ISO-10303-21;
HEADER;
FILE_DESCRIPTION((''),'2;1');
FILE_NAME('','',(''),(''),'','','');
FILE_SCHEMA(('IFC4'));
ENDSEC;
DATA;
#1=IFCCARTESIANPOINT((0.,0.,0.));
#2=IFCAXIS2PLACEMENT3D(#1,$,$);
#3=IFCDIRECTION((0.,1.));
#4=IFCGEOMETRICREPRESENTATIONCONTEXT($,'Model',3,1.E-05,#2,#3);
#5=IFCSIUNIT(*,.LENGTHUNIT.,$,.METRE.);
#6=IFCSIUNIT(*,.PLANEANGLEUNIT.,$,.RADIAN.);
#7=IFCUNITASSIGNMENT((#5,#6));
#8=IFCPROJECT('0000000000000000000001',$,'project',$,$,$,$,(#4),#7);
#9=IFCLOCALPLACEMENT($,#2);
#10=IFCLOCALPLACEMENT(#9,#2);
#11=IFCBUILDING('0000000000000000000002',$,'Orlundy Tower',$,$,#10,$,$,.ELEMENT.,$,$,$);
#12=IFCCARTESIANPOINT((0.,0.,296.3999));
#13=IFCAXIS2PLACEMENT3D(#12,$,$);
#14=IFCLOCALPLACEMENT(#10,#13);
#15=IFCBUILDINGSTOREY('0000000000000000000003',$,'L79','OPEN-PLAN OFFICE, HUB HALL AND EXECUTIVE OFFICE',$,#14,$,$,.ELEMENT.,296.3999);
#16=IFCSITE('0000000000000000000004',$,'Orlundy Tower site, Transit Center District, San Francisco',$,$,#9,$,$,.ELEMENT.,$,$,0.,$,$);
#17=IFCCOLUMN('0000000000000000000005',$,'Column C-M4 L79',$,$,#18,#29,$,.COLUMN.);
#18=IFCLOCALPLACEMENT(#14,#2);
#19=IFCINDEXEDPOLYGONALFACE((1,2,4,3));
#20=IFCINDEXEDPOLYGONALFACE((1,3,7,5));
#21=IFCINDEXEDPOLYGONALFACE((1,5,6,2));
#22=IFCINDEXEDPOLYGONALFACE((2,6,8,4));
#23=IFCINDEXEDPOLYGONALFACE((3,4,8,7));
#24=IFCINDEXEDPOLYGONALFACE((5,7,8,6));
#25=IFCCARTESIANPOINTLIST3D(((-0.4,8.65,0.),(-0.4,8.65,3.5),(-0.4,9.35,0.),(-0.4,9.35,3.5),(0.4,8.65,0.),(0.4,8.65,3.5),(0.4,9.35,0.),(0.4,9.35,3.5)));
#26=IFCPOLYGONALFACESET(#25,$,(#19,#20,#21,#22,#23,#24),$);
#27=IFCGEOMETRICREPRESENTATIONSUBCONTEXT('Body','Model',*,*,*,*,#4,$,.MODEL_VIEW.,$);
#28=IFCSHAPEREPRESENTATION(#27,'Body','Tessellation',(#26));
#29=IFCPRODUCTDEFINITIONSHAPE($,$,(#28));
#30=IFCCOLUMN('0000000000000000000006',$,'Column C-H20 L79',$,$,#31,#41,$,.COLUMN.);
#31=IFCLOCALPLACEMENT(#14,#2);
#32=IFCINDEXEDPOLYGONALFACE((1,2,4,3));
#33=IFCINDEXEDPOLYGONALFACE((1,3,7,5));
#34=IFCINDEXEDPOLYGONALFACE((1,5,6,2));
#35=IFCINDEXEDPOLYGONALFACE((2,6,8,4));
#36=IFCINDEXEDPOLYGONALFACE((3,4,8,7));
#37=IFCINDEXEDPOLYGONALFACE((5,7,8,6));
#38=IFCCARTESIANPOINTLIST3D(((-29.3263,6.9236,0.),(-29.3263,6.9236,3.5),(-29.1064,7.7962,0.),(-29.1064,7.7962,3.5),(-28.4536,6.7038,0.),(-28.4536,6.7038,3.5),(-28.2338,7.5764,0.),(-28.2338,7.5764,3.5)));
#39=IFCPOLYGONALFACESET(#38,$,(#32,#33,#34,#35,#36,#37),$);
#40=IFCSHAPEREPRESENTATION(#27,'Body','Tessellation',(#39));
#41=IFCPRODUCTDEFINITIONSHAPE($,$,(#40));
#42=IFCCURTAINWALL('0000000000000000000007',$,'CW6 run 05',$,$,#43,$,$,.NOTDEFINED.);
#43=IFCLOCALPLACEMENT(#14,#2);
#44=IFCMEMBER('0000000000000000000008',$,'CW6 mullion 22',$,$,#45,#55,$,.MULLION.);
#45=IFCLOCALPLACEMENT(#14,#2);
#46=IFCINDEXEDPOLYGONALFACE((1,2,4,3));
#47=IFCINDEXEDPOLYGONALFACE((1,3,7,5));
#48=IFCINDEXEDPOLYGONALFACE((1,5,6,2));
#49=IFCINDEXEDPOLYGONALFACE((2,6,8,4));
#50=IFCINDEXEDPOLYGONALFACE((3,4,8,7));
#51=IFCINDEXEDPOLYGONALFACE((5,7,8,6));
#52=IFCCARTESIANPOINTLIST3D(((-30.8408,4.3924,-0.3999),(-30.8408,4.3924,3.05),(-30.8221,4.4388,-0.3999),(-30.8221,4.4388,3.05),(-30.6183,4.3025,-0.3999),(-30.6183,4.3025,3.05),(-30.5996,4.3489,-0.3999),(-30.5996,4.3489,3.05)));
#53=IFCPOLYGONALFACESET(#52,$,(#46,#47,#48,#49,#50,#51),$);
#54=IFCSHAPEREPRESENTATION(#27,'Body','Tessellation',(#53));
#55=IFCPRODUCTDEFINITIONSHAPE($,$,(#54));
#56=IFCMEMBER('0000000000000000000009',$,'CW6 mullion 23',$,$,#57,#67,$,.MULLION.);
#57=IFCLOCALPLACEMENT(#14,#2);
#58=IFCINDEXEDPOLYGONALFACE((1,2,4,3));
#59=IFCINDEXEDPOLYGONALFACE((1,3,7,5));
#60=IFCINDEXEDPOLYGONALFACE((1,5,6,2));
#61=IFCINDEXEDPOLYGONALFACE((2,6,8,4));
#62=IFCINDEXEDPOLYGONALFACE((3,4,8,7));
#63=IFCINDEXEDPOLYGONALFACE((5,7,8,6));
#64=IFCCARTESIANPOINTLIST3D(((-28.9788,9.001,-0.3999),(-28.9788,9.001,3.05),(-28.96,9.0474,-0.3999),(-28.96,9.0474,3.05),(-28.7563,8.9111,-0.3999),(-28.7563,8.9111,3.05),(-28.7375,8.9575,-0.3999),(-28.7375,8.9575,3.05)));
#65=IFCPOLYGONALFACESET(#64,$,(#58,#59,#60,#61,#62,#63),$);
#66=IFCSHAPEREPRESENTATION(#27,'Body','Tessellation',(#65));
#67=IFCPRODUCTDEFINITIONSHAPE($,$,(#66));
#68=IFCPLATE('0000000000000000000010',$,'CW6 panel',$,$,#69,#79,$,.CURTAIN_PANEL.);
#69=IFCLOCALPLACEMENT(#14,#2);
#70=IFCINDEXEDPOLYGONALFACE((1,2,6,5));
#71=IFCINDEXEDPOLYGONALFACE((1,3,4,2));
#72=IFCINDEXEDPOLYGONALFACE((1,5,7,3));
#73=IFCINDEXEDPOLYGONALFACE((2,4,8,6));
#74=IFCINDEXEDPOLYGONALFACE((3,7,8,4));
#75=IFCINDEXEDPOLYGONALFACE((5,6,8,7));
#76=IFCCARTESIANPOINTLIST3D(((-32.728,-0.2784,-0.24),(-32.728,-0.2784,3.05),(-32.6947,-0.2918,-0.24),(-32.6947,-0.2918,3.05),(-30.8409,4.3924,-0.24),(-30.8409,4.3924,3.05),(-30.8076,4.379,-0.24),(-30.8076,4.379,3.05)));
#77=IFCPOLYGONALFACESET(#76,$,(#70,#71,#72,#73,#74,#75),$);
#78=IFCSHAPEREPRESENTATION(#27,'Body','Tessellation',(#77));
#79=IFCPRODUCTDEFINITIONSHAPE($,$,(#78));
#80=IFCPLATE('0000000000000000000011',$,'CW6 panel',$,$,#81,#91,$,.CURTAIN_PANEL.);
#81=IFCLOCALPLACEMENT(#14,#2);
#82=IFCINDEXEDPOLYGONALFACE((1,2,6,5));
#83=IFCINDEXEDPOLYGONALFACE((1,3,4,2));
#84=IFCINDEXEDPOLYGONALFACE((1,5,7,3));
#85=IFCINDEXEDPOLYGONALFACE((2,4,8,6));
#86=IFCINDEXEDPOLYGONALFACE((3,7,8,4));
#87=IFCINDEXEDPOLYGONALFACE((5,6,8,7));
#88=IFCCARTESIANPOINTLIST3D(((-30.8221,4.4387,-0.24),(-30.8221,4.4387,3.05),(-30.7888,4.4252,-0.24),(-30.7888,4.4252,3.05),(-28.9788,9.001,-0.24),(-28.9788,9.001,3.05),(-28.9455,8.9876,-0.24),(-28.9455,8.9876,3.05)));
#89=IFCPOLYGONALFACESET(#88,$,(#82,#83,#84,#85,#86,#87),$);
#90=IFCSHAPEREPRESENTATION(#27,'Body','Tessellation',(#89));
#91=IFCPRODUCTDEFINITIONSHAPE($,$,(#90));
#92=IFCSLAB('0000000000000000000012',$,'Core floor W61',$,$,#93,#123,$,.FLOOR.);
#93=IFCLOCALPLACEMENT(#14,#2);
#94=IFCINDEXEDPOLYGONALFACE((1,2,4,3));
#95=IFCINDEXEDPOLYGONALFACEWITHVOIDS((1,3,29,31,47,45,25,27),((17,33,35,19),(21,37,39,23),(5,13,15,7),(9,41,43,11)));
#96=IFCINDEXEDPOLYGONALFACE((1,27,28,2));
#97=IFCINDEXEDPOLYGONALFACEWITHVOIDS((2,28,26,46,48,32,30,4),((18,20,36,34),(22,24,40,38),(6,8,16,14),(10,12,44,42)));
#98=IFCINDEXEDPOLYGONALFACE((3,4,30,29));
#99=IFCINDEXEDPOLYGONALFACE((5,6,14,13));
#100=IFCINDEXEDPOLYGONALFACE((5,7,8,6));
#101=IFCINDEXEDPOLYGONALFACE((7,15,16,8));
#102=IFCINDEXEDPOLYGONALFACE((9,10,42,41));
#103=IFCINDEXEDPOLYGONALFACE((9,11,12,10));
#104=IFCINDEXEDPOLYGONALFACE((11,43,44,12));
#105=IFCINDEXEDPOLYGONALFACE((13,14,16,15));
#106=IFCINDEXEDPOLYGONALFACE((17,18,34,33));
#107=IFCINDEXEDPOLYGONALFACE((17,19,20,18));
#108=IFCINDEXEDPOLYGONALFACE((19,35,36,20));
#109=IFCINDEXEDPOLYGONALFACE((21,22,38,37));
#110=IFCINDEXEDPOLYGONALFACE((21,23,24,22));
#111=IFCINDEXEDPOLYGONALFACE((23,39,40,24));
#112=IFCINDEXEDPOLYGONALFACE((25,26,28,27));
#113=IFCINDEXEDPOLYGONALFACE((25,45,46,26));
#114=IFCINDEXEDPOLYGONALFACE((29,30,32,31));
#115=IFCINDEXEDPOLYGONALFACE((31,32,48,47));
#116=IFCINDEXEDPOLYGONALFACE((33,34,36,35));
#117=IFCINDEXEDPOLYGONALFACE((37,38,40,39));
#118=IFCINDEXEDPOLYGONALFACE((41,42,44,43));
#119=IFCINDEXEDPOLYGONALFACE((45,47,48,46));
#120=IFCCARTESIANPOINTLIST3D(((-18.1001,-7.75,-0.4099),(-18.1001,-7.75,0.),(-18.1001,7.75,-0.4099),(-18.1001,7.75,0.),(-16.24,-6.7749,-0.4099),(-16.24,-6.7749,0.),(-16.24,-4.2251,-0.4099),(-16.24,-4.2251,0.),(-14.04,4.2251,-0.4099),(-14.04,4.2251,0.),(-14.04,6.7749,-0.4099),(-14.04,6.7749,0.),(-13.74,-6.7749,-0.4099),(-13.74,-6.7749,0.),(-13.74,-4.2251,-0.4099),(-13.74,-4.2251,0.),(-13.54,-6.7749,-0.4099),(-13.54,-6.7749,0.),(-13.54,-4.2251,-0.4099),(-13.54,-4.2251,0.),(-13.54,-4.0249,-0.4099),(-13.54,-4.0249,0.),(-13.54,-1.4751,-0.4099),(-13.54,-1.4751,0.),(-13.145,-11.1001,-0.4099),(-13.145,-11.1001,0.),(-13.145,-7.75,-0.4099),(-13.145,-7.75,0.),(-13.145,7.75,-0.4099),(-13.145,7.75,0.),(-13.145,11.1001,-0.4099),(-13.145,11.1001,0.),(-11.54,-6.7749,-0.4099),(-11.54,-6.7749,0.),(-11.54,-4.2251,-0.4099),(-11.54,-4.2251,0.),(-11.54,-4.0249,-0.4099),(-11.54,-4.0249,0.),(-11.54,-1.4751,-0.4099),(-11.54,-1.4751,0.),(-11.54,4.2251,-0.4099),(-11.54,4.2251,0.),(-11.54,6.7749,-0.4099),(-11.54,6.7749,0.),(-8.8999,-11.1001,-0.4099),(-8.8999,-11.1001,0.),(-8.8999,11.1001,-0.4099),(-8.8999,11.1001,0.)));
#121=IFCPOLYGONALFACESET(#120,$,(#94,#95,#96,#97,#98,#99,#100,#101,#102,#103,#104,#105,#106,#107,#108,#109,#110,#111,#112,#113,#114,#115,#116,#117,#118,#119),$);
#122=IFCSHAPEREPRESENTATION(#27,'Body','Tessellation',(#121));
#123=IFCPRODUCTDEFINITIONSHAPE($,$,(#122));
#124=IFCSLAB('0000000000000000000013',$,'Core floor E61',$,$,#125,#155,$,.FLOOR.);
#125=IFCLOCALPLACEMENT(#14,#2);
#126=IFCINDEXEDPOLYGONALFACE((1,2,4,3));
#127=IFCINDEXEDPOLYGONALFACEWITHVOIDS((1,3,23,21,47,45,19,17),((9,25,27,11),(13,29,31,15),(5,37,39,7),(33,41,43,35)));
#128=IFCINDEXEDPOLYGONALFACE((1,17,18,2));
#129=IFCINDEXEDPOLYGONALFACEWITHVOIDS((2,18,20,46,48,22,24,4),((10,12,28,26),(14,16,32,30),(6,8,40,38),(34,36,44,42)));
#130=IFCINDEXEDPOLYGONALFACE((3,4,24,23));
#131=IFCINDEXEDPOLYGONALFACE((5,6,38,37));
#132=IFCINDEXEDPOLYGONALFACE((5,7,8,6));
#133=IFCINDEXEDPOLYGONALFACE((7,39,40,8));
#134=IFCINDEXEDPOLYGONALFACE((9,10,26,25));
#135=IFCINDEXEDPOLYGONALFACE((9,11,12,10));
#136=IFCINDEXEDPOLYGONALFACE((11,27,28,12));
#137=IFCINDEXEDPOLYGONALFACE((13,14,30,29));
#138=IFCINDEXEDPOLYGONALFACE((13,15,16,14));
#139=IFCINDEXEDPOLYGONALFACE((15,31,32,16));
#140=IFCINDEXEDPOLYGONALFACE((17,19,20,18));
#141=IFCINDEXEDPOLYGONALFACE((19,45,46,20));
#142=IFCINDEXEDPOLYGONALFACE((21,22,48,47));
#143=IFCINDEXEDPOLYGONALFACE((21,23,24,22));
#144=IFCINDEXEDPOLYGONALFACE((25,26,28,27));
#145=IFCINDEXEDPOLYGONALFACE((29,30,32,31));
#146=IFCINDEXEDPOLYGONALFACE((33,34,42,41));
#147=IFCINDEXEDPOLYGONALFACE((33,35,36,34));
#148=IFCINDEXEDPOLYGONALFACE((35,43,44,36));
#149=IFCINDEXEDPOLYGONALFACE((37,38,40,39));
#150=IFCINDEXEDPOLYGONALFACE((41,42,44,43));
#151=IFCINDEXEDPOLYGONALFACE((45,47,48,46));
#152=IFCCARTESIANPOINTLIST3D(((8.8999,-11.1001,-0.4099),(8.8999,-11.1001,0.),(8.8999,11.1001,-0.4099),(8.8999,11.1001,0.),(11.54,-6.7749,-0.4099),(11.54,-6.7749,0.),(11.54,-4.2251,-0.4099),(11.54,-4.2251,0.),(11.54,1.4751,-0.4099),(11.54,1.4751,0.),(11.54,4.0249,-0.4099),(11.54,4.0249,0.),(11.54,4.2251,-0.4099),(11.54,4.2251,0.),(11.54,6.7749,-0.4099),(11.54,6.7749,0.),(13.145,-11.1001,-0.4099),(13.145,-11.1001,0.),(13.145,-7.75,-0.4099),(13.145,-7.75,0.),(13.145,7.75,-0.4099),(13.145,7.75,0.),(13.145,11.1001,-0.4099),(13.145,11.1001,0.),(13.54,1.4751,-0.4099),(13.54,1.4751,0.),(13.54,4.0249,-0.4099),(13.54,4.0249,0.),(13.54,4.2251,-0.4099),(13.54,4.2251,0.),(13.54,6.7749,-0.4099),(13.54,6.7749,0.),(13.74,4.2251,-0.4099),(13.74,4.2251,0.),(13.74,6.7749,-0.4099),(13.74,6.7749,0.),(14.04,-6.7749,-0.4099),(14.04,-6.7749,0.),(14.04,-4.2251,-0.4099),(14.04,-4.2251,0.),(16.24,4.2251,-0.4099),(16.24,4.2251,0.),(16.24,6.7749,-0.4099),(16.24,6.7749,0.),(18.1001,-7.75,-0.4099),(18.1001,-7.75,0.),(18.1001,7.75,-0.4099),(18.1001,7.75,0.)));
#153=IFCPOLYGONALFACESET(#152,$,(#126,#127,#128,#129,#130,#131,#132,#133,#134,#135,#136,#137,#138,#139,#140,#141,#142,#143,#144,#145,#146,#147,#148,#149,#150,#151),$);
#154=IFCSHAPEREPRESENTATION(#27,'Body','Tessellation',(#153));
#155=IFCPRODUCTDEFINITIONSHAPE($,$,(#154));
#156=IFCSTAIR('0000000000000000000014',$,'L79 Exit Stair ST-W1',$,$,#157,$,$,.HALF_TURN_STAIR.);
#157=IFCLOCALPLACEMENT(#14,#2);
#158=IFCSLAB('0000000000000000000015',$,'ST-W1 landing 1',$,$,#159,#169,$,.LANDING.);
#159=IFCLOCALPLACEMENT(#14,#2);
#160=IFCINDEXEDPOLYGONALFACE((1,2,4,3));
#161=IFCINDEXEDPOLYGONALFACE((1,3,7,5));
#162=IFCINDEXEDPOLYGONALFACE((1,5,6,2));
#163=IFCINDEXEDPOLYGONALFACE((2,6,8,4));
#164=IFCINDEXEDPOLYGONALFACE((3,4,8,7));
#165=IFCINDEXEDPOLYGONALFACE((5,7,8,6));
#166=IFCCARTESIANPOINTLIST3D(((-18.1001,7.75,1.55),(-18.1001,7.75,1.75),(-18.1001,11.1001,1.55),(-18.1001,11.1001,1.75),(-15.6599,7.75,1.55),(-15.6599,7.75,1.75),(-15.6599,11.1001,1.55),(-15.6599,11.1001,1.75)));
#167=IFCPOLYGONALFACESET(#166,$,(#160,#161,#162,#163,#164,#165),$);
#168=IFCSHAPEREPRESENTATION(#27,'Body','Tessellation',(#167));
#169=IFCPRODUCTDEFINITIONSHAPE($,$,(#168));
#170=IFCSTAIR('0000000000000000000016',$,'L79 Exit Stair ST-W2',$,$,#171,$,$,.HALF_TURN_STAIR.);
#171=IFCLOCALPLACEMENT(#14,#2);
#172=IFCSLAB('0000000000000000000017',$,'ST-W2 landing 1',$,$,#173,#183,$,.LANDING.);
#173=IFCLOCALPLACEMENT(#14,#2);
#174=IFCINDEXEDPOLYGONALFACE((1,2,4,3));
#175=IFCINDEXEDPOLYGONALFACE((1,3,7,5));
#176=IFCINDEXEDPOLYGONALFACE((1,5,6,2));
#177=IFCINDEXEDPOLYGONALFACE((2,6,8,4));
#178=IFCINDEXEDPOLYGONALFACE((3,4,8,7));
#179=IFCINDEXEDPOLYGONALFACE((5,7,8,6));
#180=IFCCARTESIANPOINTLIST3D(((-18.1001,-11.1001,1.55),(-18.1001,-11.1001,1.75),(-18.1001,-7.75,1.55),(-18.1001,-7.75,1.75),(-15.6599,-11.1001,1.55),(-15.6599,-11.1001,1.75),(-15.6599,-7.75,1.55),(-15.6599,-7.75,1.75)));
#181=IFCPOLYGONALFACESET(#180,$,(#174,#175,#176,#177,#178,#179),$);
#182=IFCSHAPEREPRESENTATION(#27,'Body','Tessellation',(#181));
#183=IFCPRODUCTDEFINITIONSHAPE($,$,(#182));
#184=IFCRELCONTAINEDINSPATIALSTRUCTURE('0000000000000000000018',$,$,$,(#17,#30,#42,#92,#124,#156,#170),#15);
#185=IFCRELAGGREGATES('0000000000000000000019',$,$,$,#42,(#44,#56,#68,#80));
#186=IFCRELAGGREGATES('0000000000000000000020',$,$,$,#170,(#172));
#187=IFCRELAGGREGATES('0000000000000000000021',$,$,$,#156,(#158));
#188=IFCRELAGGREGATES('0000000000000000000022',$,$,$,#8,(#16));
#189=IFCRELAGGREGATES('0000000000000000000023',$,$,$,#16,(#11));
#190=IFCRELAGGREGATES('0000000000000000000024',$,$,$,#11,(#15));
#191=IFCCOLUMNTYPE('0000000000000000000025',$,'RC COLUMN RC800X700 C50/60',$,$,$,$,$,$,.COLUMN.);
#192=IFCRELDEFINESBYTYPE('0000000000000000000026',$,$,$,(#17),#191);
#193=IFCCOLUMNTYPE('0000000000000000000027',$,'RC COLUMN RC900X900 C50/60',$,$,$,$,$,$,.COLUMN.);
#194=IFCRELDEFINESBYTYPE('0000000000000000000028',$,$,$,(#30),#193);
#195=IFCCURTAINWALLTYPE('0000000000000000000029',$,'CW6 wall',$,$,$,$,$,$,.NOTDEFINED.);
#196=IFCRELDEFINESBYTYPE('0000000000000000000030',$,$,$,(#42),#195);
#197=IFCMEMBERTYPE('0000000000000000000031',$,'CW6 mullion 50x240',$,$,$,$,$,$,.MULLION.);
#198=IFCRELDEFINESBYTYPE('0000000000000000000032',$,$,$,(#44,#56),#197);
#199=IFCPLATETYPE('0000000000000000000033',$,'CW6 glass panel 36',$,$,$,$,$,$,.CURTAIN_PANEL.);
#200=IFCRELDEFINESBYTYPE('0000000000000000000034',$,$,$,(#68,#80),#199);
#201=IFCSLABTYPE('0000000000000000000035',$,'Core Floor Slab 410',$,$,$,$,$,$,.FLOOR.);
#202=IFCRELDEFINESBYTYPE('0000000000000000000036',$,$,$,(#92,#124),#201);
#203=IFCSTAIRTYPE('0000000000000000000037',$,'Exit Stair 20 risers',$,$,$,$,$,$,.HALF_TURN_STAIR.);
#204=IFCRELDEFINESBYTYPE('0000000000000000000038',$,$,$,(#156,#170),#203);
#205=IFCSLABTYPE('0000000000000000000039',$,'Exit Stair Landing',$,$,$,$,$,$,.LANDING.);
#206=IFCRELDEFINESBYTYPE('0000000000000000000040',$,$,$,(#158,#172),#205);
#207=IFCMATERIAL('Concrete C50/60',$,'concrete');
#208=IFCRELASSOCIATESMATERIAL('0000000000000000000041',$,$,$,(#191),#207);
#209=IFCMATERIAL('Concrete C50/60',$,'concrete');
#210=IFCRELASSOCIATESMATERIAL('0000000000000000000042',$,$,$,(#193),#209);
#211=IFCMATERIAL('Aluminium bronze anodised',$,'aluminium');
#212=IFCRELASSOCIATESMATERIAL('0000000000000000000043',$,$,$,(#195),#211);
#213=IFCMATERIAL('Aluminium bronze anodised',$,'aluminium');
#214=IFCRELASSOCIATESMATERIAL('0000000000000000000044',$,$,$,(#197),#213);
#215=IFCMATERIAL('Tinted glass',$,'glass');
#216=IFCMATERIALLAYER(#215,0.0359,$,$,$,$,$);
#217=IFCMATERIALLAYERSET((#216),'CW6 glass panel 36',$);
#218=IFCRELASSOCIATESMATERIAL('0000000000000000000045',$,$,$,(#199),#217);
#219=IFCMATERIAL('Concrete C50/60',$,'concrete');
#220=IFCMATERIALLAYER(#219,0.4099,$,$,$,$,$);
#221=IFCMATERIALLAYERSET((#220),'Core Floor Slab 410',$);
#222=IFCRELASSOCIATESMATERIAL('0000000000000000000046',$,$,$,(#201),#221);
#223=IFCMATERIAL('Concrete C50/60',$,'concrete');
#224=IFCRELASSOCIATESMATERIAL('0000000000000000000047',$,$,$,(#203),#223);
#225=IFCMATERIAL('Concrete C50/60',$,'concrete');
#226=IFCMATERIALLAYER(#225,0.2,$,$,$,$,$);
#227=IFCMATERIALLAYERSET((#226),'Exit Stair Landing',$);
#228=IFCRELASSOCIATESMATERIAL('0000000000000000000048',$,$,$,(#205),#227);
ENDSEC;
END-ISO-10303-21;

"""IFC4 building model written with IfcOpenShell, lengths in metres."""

from ifc_helpers import new_model, si_unit, direction, frame, origin, origin_2d, place, context, subcontext, project, spatial, polyline, rectangle, outline, extrude, material, layer, layer_set, material_profile, profile_set, type_object, element, aggregate, save


model = new_model("IFC4")

# Units and contexts
model_context = context("Model", 3, precision=1e-05, world=origin(), true_north=direction((0.0, 1.0)))
body_context = subcontext(model_context, "Body", "Model", "MODEL_VIEW")
ifc_project = project(units=[si_unit("LENGTHUNIT", "METRE"), si_unit("PLANEANGLEUNIT", "RADIAN")], contexts=[model_context])

# Site, building, storey
site_placement = place(None, origin())
site = spatial("IfcSite", under=ifc_project, at=site_placement, Name="Orlundy Tower site, Transit Center District, San Francisco", CompositionType="ELEMENT", RefElevation=0.0)
building_placement = place(site_placement, origin())
building = spatial("IfcBuilding", under=site, at=building_placement, Name="Orlundy Tower", CompositionType="ELEMENT")
storey_placement = place(building_placement, frame((0.0, 0.0, 296.3999)))
storey = spatial("IfcBuildingStorey", under=building, at=storey_placement, Name="L79", Description="OPEN-PLAN OFFICE, HUB HALL AND EXECUTIVE OFFICE", CompositionType="ELEMENT", Elevation=296.3999)

# Columns
ifc_material_1 = material(Name="Concrete C50/60", Category="concrete")
ifc_material_profile_1 = material_profile(ifc_material_1, rectangle(XDim=0.8, YDim=0.7, at=origin_2d()), Name="RC800X700")
ifc_profile_set_1 = profile_set([ifc_material_profile_1], Name="Concrete C50/60")
column_type_1 = type_object("IfcColumnType", Name="RC COLUMN RC800X700 C50/60", PredefinedType="COLUMN", material=ifc_profile_set_1)
column_1_placement = place(storey_placement, frame((0.0, 9.0, 0.0), z_axis=(0.0, 0.0, 1.0), x_axis=(1.0, 0.0, 0.0)))
element("IfcColumn", 1, at=column_1_placement, inside=storey, type_object=column_type_1, Name="Column C-M4 L79", PredefinedType="COLUMN", context=body_context, shape_type="SweptSolid", body=[
    extrude(rectangle(XDim=0.8, YDim=0.7, at=origin_2d()), origin(), (0.0, 0.0, 1.0), 3.5),
])
ifc_material_2 = material(Name="Concrete C50/60", Category="concrete")
ifc_material_profile_2 = material_profile(ifc_material_2, rectangle(XDim=0.8999, YDim=0.8999, at=origin_2d()), Name="RC900X900")
ifc_profile_set_2 = profile_set([ifc_material_profile_2], Name="Concrete C50/60")
column_type_2 = type_object("IfcColumnType", Name="RC COLUMN RC900X900 C50/60", PredefinedType="COLUMN", material=ifc_profile_set_2)
column_2_placement = place(storey_placement, frame((-28.78, 7.25, 0.0), z_axis=(0.0, 0.0, 1.0), x_axis=(-0.969706, 0.244275, 0.0)))
element("IfcColumn", 2, at=column_2_placement, inside=storey, type_object=column_type_2, Name="Column C-H20 L79", PredefinedType="COLUMN", context=body_context, shape_type="SweptSolid", body=[
    extrude(rectangle(XDim=0.8999, YDim=0.8999, at=origin_2d()), origin(), (0.0, 0.0, 1.0), 3.5),
])

# Curtain wall, members, plates
ifc_material_3 = material(Name="Aluminium bronze anodised", Category="aluminium")
curtain_wall_type = type_object("IfcCurtainWallType", Name="CW6 wall", PredefinedType="NOTDEFINED", material=ifc_material_3)
curtain_wall_placement = place(storey_placement, origin())
curtain_wall = element("IfcCurtainWall", 3, at=curtain_wall_placement, inside=storey, type_object=curtain_wall_type, Name="CW6 run 05", PredefinedType="NOTDEFINED")
ifc_material_4 = material(Name="Aluminium bronze anodised", Category="aluminium")
ifc_material_profile_3 = material_profile(ifc_material_4, rectangle(XDim=0.24, YDim=0.05, at=origin_2d()), Name="CW6 mullion 50x240")
ifc_profile_set_3 = profile_set([ifc_material_profile_3], Name="Aluminium bronze anodised")
member_type = type_object("IfcMemberType", Name="CW6 mullion 50x240", PredefinedType="MULLION", material=ifc_profile_set_3)
member_1_placement = place(storey_placement, frame((-30.7202, 4.3706, -0.3999), z_axis=(0.0, 0.0, 1.0), x_axis=(-0.927184, 0.374607, 0.0)))
member_1 = element("IfcMember", 4, at=member_1_placement, type_object=member_type, Name="CW6 mullion 22", PredefinedType="MULLION", context=body_context, shape_type="SweptSolid", body=[
    extrude(rectangle(XDim=0.24, YDim=0.05, at=origin_2d()), origin(), (0.0, 0.0, 1.0), 3.45),
])
member_2_placement = place(storey_placement, frame((-28.8582, 8.9792, -0.3999), z_axis=(0.0, 0.0, 1.0), x_axis=(-0.927184, 0.374607, 0.0)))
member_2 = element("IfcMember", 5, at=member_2_placement, type_object=member_type, Name="CW6 mullion 23", PredefinedType="MULLION", context=body_context, shape_type="SweptSolid", body=[
    extrude(rectangle(XDim=0.24, YDim=0.05, at=origin_2d()), origin(), (0.0, 0.0, 1.0), 3.45),
])
ifc_material_5 = material(Name="Tinted glass", Category="glass")
ifc_layer_1 = layer(ifc_material_5, 0.0359)
ifc_layer_set_1 = layer_set([ifc_layer_1], Name="CW6 glass panel 36")
plate_type = type_object("IfcPlateType", Name="CW6 glass panel 36", PredefinedType="CURTAIN_PANEL", material=ifc_layer_set_1)
plate_1_placement = place(storey_placement, frame((-31.7678, 2.0503, -0.24), z_axis=(0.0, 0.0, 1.0), x_axis=(0.374607, 0.927184, 0.0)))
plate_1 = element("IfcPlate", 6, at=plate_1_placement, type_object=plate_type, Name="CW6 panel", PredefinedType="CURTAIN_PANEL", context=body_context, shape_type="SweptSolid", body=[
    extrude(rectangle(XDim=5.0376, YDim=0.0359, at=origin_2d()), origin(), (0.0, 0.0, 1.0), 3.29),
])
plate_2_placement = place(storey_placement, frame((-29.8838, 6.7131, -0.24), z_axis=(0.0, 0.0, 1.0), x_axis=(0.374607, 0.927184, 0.0)))
plate_2 = element("IfcPlate", 7, at=plate_2_placement, type_object=plate_type, Name="CW6 panel", PredefinedType="CURTAIN_PANEL", context=body_context, shape_type="SweptSolid", body=[
    extrude(rectangle(XDim=4.9207, YDim=0.0359, at=origin_2d()), origin(), (0.0, 0.0, 1.0), 3.29),
])
aggregate(curtain_wall, [member_1, member_2, plate_1, plate_2])

# Slabs
ifc_material_6 = material(Name="Concrete C50/60", Category="concrete")
ifc_layer_2 = layer(ifc_material_6, 0.4099)
ifc_layer_set_2 = layer_set([ifc_layer_2], Name="Core Floor Slab 410")
slab_type_1 = type_object("IfcSlabType", Name="Core Floor Slab 410", PredefinedType="FLOOR", material=ifc_layer_set_2)
slab_1_placement = place(storey_placement, frame((0.0, 0.0, -0.4099)))
element("IfcSlab", 8, at=slab_1_placement, inside=storey, type_object=slab_type_1, Name="Core floor W61", PredefinedType="FLOOR", context=body_context, shape_type="SweptSolid", body=[
    extrude(outline(polyline([(-18.1001, 7.75), (-13.145, 7.75), (-13.145, 11.1001), (-8.8999, 11.1001), (-8.8999, -11.1001), (-13.145, -11.1001), (-13.145, -7.75), (-18.1001, -7.75), (-18.1001, 7.75)]), holes=[polyline([(-13.54, -4.2251), (-13.54, -6.7749), (-11.54, -6.7749), (-11.54, -4.2251), (-13.54, -4.2251)]), polyline([(-13.74, -4.2251), (-16.24, -4.2251), (-16.24, -6.7749), (-13.74, -6.7749), (-13.74, -4.2251)]), polyline([(-11.54, -4.0249), (-11.54, -1.4751), (-13.54, -1.4751), (-13.54, -4.0249), (-11.54, -4.0249)]), polyline([(-14.04, 4.2251), (-11.54, 4.2251), (-11.54, 6.7749), (-14.04, 6.7749), (-14.04, 4.2251)])]), origin(), (0.0, 0.0, 1.0), 0.4099),
])
slab_2_placement = place(storey_placement, frame((0.0, 0.0, -0.4099)))
element("IfcSlab", 9, at=slab_2_placement, inside=storey, type_object=slab_type_1, Name="Core floor E61", PredefinedType="FLOOR", context=body_context, shape_type="SweptSolid", body=[
    extrude(outline(polyline([(18.1001, -7.75), (13.145, -7.75), (13.145, -11.1001), (8.8999, -11.1001), (8.8999, 11.1001), (13.145, 11.1001), (13.145, 7.75), (18.1001, 7.75), (18.1001, -7.75)]), holes=[polyline([(13.54, 4.2251), (13.54, 6.7749), (11.54, 6.7749), (11.54, 4.2251), (13.54, 4.2251)]), polyline([(13.74, 4.2251), (16.24, 4.2251), (16.24, 6.7749), (13.74, 6.7749), (13.74, 4.2251)]), polyline([(11.54, 4.0249), (11.54, 1.4751), (13.54, 1.4751), (13.54, 4.0249), (11.54, 4.0249)]), polyline([(14.04, -4.2251), (11.54, -4.2251), (11.54, -6.7749), (14.04, -6.7749), (14.04, -4.2251)])]), origin(), (0.0, 0.0, 1.0), 0.4099),
])

# Stairs, slabs
ifc_material_7 = material(Name="Concrete C50/60", Category="concrete")
stair_type = type_object("IfcStairType", Name="Exit Stair 20 risers", PredefinedType="HALF_TURN_STAIR", material=ifc_material_7)
stair_1_placement = place(storey_placement, origin())
stair_1 = element("IfcStair", 10, at=stair_1_placement, inside=storey, type_object=stair_type, Name="L79 Exit Stair ST-W1", PredefinedType="HALF_TURN_STAIR")
ifc_material_8 = material(Name="Concrete C50/60", Category="concrete")
ifc_layer_3 = layer(ifc_material_8, 0.2)
ifc_layer_set_3 = layer_set([ifc_layer_3], Name="Exit Stair Landing")
slab_type_2 = type_object("IfcSlabType", Name="Exit Stair Landing", PredefinedType="LANDING", material=ifc_layer_set_3)
slab_3_placement = place(storey_placement, frame((0.0, 0.0, 1.55)))
slab_3 = element("IfcSlab", 11, at=slab_3_placement, type_object=slab_type_2, Name="ST-W1 landing 1", PredefinedType="LANDING", context=body_context, shape_type="SweptSolid", body=[
    extrude(outline(polyline([(-15.6599, 11.1001), (-18.1001, 11.1001), (-18.1001, 7.75), (-15.6599, 7.75), (-15.6599, 11.1001)])), origin(), (0.0, 0.0, 1.0), 0.2),
])
stair_2_placement = place(storey_placement, origin())
stair_2 = element("IfcStair", 12, at=stair_2_placement, inside=storey, type_object=stair_type, Name="L79 Exit Stair ST-W2", PredefinedType="HALF_TURN_STAIR")
slab_4_placement = place(storey_placement, frame((0.0, 0.0, 1.55)))
slab_4 = element("IfcSlab", 13, at=slab_4_placement, type_object=slab_type_2, Name="ST-W2 landing 1", PredefinedType="LANDING", context=body_context, shape_type="SweptSolid", body=[
    extrude(outline(polyline([(-15.6599, -7.75), (-18.1001, -7.75), (-18.1001, -11.1001), (-15.6599, -11.1001), (-15.6599, -7.75)])), origin(), (0.0, 0.0, 1.0), 0.2),
])
aggregate(stair_2, [slab_4])

aggregate(stair_1, [slab_3])

save(model, "model.ifc")
